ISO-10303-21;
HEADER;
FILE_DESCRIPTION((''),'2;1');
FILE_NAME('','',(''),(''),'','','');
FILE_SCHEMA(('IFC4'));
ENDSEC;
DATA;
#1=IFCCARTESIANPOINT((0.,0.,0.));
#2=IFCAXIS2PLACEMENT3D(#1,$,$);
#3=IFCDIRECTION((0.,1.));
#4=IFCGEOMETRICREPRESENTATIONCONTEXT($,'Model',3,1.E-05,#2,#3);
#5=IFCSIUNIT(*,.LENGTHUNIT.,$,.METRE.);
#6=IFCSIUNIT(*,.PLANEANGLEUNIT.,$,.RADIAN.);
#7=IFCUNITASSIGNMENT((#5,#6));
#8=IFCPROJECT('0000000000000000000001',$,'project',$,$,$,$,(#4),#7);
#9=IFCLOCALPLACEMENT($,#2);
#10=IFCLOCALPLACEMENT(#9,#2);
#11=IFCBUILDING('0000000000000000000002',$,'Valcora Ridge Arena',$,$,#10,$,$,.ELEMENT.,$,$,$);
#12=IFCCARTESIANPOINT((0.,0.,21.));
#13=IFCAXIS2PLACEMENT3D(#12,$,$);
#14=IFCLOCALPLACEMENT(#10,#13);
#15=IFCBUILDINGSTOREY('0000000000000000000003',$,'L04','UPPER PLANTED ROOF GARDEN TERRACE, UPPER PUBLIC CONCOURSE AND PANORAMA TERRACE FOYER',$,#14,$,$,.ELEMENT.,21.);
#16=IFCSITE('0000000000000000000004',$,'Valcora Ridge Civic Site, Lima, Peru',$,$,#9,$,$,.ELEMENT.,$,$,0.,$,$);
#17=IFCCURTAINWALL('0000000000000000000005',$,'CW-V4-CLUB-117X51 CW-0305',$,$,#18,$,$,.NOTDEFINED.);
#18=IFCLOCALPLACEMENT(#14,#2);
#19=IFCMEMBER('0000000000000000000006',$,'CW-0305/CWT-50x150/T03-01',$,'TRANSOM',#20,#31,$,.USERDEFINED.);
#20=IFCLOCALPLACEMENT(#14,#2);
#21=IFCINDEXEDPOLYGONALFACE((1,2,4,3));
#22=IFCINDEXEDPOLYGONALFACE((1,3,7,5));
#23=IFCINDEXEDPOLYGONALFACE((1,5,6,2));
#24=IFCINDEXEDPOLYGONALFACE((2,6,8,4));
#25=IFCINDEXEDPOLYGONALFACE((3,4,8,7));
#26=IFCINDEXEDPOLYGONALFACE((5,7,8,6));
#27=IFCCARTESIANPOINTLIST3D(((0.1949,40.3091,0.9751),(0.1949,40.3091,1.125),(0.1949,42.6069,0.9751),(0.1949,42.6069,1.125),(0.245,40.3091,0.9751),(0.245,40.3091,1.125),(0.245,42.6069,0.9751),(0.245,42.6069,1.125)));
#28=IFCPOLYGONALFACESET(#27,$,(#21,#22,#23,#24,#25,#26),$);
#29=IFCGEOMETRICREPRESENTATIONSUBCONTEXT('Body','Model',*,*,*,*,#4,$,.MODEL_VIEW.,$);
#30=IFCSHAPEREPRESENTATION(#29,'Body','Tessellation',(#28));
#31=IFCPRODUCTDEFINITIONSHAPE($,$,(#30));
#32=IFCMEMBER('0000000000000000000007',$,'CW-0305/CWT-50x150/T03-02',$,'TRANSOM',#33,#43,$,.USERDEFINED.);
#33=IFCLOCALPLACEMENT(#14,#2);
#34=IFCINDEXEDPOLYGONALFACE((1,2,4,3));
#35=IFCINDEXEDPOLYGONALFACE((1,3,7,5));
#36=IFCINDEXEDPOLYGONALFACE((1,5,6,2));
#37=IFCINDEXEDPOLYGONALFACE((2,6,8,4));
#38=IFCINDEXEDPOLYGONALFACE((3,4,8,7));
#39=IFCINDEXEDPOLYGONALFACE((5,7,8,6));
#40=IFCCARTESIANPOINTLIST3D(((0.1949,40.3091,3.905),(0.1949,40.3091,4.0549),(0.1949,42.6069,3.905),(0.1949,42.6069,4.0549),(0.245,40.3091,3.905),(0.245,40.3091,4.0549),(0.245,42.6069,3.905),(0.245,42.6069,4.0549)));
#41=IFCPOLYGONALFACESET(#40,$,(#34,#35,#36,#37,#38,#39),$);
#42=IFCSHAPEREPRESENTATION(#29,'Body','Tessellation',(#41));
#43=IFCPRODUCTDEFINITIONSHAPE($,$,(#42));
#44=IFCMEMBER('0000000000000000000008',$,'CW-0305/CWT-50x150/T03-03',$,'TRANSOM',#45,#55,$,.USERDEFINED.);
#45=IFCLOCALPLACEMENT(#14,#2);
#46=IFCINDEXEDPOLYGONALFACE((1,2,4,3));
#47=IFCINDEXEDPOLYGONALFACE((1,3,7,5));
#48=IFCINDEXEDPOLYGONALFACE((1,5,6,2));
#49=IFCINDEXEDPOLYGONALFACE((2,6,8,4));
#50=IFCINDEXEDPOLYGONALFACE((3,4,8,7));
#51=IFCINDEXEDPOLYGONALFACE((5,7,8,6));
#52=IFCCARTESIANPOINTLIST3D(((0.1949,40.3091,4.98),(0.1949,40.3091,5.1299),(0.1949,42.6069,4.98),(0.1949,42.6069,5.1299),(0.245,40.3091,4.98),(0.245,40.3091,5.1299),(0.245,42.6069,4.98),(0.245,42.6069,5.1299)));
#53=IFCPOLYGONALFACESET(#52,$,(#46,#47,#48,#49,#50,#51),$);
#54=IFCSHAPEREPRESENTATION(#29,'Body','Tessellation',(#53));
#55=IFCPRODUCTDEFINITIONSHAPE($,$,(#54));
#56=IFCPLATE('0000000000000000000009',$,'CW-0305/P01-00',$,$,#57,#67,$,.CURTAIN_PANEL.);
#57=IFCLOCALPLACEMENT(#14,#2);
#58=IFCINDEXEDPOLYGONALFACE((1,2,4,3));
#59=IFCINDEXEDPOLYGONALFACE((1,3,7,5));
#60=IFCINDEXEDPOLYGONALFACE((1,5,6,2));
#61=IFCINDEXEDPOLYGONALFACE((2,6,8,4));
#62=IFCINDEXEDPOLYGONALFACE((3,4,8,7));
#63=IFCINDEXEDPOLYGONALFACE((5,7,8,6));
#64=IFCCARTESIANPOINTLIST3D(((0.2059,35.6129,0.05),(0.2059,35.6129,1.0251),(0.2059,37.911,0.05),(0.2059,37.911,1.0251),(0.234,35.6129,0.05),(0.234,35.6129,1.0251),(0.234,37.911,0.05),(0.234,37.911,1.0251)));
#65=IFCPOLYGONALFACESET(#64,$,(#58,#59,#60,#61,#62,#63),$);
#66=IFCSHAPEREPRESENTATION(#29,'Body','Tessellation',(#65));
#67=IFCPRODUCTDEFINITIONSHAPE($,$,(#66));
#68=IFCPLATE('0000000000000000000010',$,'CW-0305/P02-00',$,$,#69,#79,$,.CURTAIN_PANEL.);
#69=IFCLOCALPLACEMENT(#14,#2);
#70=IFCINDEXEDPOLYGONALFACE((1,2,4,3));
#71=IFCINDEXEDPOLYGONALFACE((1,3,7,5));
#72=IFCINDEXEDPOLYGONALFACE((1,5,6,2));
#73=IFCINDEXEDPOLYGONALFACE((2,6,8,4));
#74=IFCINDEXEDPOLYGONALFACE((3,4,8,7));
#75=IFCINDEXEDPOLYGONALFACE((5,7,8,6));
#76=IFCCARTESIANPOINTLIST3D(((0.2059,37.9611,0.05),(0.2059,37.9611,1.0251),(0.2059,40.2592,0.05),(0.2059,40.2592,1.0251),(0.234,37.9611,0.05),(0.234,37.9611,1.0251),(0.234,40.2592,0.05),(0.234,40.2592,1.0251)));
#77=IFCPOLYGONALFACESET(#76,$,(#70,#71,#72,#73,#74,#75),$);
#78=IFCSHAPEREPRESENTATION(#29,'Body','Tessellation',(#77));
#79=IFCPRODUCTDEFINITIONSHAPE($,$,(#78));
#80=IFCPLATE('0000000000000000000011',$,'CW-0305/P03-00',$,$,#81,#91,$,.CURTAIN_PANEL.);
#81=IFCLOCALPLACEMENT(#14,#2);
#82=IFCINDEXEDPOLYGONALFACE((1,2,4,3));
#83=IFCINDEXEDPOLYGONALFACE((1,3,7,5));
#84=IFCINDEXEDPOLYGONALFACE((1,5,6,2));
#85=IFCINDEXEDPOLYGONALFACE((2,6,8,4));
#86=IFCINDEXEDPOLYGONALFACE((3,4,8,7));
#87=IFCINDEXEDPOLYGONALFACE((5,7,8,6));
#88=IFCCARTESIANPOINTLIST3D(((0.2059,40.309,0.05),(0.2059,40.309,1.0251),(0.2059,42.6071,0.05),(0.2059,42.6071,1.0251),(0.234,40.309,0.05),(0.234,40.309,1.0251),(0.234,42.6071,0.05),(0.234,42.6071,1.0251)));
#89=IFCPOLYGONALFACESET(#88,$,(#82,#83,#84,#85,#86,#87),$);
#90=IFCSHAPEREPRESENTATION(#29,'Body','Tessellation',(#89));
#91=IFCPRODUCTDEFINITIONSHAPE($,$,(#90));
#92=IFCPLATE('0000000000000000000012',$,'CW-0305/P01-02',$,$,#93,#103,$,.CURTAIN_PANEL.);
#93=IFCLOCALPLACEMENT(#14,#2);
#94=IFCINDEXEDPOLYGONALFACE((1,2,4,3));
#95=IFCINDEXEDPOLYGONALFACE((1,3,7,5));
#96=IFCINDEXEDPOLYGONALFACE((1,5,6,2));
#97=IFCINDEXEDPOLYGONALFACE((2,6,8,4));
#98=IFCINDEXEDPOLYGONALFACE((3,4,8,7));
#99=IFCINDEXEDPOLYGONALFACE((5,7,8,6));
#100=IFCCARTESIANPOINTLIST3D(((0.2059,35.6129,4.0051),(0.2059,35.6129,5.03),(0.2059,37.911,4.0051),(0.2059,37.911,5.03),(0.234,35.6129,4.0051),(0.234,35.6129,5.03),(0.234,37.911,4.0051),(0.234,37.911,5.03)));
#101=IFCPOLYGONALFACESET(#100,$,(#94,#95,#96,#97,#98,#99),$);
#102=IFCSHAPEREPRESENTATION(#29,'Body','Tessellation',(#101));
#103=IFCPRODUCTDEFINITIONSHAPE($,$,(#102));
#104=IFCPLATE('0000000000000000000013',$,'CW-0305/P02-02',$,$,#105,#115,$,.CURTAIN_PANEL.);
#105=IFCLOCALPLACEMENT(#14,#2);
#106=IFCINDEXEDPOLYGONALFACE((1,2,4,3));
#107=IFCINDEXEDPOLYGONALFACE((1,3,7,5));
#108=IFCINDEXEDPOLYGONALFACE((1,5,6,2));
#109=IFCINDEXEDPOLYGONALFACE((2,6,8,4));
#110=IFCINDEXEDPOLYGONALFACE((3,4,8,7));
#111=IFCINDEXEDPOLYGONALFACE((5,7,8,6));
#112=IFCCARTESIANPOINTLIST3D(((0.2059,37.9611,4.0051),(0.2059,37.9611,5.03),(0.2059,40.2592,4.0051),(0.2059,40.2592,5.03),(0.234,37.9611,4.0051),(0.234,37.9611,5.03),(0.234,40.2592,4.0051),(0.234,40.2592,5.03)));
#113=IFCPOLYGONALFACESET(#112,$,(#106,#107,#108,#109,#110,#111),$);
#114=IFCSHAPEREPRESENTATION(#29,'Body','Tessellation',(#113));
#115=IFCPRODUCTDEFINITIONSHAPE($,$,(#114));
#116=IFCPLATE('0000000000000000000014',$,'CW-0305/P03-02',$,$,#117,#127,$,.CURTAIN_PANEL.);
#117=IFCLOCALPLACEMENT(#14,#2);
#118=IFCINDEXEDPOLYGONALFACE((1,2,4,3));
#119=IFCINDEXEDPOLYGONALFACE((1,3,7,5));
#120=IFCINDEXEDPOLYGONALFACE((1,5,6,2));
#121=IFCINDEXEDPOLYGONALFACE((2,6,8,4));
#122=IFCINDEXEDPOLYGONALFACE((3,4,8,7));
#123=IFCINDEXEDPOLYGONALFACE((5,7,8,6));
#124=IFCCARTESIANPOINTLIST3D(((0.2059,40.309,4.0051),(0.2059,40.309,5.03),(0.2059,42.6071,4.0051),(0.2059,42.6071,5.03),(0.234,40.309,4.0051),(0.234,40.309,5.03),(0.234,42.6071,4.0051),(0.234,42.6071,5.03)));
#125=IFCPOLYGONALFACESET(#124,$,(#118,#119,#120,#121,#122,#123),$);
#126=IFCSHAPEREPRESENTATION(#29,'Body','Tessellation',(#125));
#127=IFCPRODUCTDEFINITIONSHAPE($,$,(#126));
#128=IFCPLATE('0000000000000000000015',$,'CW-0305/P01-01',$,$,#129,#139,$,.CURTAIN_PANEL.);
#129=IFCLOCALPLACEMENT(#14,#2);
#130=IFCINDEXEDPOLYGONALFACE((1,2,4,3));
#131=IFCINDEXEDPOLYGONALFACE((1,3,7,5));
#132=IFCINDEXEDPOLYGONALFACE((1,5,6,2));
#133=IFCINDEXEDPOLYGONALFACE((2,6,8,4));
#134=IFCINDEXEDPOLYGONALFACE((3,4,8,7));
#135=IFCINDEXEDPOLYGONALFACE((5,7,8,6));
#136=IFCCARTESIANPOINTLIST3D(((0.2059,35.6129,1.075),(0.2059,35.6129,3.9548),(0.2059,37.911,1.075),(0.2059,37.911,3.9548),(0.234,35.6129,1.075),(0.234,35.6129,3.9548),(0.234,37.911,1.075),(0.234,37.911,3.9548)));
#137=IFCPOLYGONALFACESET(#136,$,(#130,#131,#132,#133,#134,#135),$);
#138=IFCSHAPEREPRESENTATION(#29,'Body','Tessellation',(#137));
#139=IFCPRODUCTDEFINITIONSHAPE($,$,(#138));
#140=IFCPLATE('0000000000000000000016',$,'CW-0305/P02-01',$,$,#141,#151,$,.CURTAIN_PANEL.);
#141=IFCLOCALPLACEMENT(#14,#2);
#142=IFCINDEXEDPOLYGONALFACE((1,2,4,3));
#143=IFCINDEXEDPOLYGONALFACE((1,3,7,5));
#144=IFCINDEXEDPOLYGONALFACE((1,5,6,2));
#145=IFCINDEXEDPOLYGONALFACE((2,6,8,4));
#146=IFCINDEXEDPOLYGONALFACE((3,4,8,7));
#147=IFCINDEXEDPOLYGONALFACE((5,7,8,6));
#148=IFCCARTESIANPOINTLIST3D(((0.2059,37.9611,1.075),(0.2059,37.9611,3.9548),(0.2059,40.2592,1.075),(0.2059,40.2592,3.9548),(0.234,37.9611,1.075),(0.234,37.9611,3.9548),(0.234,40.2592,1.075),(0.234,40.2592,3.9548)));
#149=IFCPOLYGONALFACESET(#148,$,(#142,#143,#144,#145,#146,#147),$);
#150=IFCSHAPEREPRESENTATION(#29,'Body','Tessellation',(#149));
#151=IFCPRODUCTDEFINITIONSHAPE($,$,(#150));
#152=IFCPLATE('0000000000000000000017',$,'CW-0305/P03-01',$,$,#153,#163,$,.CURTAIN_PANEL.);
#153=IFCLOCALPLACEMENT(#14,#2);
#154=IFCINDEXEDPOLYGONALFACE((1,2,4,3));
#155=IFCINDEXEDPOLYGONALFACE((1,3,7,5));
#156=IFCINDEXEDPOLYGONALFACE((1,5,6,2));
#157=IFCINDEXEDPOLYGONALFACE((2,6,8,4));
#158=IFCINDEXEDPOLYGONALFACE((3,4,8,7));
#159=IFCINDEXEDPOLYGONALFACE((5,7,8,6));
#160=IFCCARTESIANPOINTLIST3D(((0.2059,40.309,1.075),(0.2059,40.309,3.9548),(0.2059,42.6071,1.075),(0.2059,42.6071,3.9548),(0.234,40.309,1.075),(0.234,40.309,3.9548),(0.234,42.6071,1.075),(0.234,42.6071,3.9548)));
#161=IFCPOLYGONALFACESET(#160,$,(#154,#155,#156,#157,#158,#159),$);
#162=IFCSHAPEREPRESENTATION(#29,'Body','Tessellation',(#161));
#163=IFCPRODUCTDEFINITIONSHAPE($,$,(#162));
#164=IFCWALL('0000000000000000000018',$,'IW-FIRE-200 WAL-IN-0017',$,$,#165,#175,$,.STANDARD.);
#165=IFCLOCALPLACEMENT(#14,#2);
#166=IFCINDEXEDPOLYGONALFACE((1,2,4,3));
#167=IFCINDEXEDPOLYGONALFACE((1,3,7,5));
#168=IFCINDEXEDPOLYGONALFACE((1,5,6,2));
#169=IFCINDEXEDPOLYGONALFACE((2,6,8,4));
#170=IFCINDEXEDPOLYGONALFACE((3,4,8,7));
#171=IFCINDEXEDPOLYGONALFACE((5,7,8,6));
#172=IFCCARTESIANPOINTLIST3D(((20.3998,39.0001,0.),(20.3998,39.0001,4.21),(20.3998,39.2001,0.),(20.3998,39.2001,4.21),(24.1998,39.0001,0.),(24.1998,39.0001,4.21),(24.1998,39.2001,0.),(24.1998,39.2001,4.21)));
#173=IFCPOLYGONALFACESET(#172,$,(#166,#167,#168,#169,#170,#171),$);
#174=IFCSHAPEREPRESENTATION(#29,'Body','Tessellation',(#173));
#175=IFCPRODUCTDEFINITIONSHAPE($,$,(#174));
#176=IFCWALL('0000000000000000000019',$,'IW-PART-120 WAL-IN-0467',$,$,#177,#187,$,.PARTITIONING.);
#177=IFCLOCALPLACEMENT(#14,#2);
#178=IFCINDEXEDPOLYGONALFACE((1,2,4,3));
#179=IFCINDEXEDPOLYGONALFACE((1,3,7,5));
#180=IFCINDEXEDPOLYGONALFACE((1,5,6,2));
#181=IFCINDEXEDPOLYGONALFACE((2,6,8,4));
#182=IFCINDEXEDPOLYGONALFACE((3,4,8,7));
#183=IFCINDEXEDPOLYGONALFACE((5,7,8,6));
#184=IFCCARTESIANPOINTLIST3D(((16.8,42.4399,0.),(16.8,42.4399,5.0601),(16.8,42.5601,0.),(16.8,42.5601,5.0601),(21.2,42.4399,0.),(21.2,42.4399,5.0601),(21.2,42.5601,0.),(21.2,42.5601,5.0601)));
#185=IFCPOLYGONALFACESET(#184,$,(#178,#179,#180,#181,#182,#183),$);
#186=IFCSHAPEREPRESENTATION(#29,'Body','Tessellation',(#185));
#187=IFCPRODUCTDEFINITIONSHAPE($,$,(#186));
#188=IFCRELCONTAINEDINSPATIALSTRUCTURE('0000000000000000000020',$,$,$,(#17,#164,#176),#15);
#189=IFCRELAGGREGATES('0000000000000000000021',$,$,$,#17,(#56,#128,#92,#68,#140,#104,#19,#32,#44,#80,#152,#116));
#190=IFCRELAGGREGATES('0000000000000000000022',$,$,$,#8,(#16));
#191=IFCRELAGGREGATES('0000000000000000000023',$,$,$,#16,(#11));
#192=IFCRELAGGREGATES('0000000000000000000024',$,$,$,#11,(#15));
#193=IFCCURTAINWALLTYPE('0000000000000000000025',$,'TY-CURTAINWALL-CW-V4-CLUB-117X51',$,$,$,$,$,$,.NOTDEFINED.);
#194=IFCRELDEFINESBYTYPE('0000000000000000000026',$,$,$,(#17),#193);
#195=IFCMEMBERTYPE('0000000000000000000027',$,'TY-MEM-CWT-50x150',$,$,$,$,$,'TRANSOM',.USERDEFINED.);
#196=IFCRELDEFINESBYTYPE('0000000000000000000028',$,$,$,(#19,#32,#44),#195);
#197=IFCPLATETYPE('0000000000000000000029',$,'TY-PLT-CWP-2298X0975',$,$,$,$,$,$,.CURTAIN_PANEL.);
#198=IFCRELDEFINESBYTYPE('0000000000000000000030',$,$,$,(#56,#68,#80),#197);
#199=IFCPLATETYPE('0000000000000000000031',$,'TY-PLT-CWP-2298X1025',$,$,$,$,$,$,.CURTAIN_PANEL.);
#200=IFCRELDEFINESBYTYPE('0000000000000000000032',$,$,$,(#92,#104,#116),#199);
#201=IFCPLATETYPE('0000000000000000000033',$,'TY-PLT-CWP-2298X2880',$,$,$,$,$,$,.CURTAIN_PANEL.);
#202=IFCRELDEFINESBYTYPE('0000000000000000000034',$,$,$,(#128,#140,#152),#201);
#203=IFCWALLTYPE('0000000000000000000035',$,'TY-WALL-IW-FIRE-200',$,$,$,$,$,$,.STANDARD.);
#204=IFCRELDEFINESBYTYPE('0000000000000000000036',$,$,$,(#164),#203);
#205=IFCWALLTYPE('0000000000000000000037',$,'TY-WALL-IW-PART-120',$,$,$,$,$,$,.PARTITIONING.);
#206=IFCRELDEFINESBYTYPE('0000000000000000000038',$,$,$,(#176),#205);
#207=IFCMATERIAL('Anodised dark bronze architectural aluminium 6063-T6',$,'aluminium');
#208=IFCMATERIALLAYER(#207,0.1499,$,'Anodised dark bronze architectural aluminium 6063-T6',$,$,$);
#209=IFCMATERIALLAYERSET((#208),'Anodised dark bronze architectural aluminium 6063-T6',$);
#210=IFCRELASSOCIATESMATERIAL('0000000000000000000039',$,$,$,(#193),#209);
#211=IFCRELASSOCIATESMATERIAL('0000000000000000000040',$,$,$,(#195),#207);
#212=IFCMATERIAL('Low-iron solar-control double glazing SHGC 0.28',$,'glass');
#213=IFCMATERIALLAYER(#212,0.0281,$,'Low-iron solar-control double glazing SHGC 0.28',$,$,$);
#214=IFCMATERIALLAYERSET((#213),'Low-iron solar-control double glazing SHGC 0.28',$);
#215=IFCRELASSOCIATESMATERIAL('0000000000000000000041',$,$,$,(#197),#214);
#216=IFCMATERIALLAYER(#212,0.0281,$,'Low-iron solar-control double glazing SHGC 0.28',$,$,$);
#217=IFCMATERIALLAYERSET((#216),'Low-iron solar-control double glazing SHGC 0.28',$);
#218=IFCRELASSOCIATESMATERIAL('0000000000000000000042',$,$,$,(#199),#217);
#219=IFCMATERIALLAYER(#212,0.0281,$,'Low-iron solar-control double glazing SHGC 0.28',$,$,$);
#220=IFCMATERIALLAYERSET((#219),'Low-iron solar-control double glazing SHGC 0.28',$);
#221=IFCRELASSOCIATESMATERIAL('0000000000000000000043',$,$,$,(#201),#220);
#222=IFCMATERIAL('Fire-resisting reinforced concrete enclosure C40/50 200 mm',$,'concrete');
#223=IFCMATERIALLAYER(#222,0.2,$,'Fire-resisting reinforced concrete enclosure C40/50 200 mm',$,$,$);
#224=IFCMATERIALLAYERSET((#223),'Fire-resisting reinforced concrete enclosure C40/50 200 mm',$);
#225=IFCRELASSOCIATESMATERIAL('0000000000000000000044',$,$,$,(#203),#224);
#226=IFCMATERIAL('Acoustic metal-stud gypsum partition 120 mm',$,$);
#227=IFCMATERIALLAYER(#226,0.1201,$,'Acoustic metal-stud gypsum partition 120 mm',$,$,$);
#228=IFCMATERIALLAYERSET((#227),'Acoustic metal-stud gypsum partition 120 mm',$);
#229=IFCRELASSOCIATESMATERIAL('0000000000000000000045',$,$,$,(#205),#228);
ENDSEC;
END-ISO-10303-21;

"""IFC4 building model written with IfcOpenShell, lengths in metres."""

from ifc_helpers import new_model, si_unit, direction, frame, frame_2d, origin, origin_2d, place, context, subcontext, project, spatial, rectangle, extrude, material, layer, layer_set, material_profile, profile_set, type_object, element, aggregate, save


model = new_model("IFC4")

# Units and contexts
model_context = context("Model", 3, precision=1e-05, world=origin(), true_north=direction((0.0, 1.0)))
body_context = subcontext(model_context, "Body", "Model", "MODEL_VIEW")
ifc_project = project(units=[si_unit("LENGTHUNIT", "METRE"), si_unit("PLANEANGLEUNIT", "RADIAN")], contexts=[model_context])

# Site, building, storey
site_placement = place(None, origin())
site = spatial("IfcSite", under=ifc_project, at=site_placement, Name="Valcora Ridge Civic Site, Lima, Peru", CompositionType="ELEMENT", RefElevation=0.0)
building_placement = place(site_placement, origin())
building = spatial("IfcBuilding", under=site, at=building_placement, Name="Valcora Ridge Arena", CompositionType="ELEMENT")
storey_placement = place(building_placement, frame((0.0, 0.0, 21.0)))
storey = spatial("IfcBuildingStorey", under=building, at=storey_placement, Name="L04", Description="UPPER PLANTED ROOF GARDEN TERRACE, UPPER PUBLIC CONCOURSE AND PANORAMA TERRACE FOYER", CompositionType="ELEMENT", Elevation=21.0)

# Curtain wall, members, plates
ifc_material_1 = material(Name="Anodised dark bronze architectural aluminium 6063-T6", Category="aluminium")
ifc_layer_1 = layer(ifc_material_1, 0.1499, Name="Anodised dark bronze architectural aluminium 6063-T6")
ifc_layer_set_1 = layer_set([ifc_layer_1], Name="Anodised dark bronze architectural aluminium 6063-T6")
curtain_wall_type = type_object("IfcCurtainWallType", Name="TY-CURTAINWALL-CW-V4-CLUB-117X51", PredefinedType="NOTDEFINED", material=ifc_layer_set_1)
curtain_wall_placement = place(storey_placement, origin())
curtain_wall = element("IfcCurtainWall", 1, at=curtain_wall_placement, inside=storey, type_object=curtain_wall_type, Name="CW-V4-CLUB-117X51 CW-0305", PredefinedType="NOTDEFINED")
ifc_material_profile_1 = material_profile(ifc_material_1, rectangle(XDim=0.05, YDim=0.1499, at=origin_2d()), Name="ALU TRANSOM 50x150")
ifc_profile_set_1 = profile_set([ifc_material_profile_1], Name="Anodised dark bronze architectural aluminium 6063-T6")
member_type_1 = type_object("IfcMemberType", Name="TY-MEM-CWT-50x150", ElementType="TRANSOM", PredefinedType="USERDEFINED", material=ifc_profile_set_1)
member_1_placement = place(storey_placement, frame((0.22, 40.3091, 1.05), z_axis=(0.0, 1.0, 0.0), x_axis=(-1.0, 0.0, 0.0)))
member_1 = element("IfcMember", 2, at=member_1_placement, type_object=member_type_1, Name="CW-0305/CWT-50x150/T03-01", ObjectType="TRANSOM", PredefinedType="USERDEFINED", context=body_context, shape_type="SweptSolid", body=[
    extrude(rectangle(XDim=0.05, YDim=0.1499, at=origin_2d()), origin(), (0.0, 0.0, 1.0), 2.2979),
])
member_2_placement = place(storey_placement, frame((0.22, 40.3091, 3.98), z_axis=(0.0, 1.0, 0.0), x_axis=(-1.0, 0.0, 0.0)))
member_2 = element("IfcMember", 3, at=member_2_placement, type_object=member_type_1, Name="CW-0305/CWT-50x150/T03-02", ObjectType="TRANSOM", PredefinedType="USERDEFINED", context=body_context, shape_type="SweptSolid", body=[
    extrude(rectangle(XDim=0.05, YDim=0.1499, at=origin_2d()), origin(), (0.0, 0.0, 1.0), 2.2979),
])
member_3_placement = place(storey_placement, frame((0.22, 40.3091, 5.0549), z_axis=(0.0, 1.0, 0.0), x_axis=(-1.0, 0.0, 0.0)))
member_3 = element("IfcMember", 4, at=member_3_placement, type_object=member_type_1, Name="CW-0305/CWT-50x150/T03-03", ObjectType="TRANSOM", PredefinedType="USERDEFINED", context=body_context, shape_type="SweptSolid", body=[
    extrude(rectangle(XDim=0.05, YDim=0.1499, at=origin_2d()), origin(), (0.0, 0.0, 1.0), 2.2979),
])
ifc_material_2 = material(Name="Low-iron solar-control double glazing SHGC 0.28", Category="glass")
ifc_layer_2 = layer(ifc_material_2, 0.0281, Name="Low-iron solar-control double glazing SHGC 0.28")
ifc_layer_set_2 = layer_set([ifc_layer_2], Name="Low-iron solar-control double glazing SHGC 0.28")
plate_type_1 = type_object("IfcPlateType", Name="TY-PLT-CWP-2298X0975", PredefinedType="CURTAIN_PANEL", material=ifc_layer_set_2)
plate_1_placement = place(storey_placement, frame((0.22, 36.762, 0.05), z_axis=(0.0, 0.0, 1.0), x_axis=(0.0, 1.0, 0.0)))
plate_1 = element("IfcPlate", 5, at=plate_1_placement, type_object=plate_type_1, Name="CW-0305/P01-00", PredefinedType="CURTAIN_PANEL", context=body_context, shape_type="SweptSolid", body=[
    extrude(rectangle(XDim=2.2981, YDim=0.0281, at=origin_2d()), origin(), (0.0, 0.0, 1.0), 0.9751),
])
plate_2_placement = place(storey_placement, frame((0.22, 39.1101, 0.05), z_axis=(0.0, 0.0, 1.0), x_axis=(0.0, 1.0, 0.0)))
plate_2 = element("IfcPlate", 6, at=plate_2_placement, type_object=plate_type_1, Name="CW-0305/P02-00", PredefinedType="CURTAIN_PANEL", context=body_context, shape_type="SweptSolid", body=[
    extrude(rectangle(XDim=2.2981, YDim=0.0281, at=origin_2d()), origin(), (0.0, 0.0, 1.0), 0.9751),
])
plate_3_placement = place(storey_placement, frame((0.22, 41.458, 0.05), z_axis=(0.0, 0.0, 1.0), x_axis=(0.0, 1.0, 0.0)))
plate_3 = element("IfcPlate", 7, at=plate_3_placement, type_object=plate_type_1, Name="CW-0305/P03-00", PredefinedType="CURTAIN_PANEL", context=body_context, shape_type="SweptSolid", body=[
    extrude(rectangle(XDim=2.2981, YDim=0.0281, at=origin_2d()), origin(), (0.0, 0.0, 1.0), 0.9751),
])
ifc_layer_3 = layer(ifc_material_2, 0.0281, Name="Low-iron solar-control double glazing SHGC 0.28")
ifc_layer_set_3 = layer_set([ifc_layer_3], Name="Low-iron solar-control double glazing SHGC 0.28")
plate_type_2 = type_object("IfcPlateType", Name="TY-PLT-CWP-2298X1025", PredefinedType="CURTAIN_PANEL", material=ifc_layer_set_3)
plate_4_placement = place(storey_placement, frame((0.22, 36.762, 4.0051), z_axis=(0.0, 0.0, 1.0), x_axis=(0.0, 1.0, 0.0)))
plate_4 = element("IfcPlate", 8, at=plate_4_placement, type_object=plate_type_2, Name="CW-0305/P01-02", PredefinedType="CURTAIN_PANEL", context=body_context, shape_type="SweptSolid", body=[
    extrude(rectangle(XDim=2.2981, YDim=0.0281, at=origin_2d()), origin(), (0.0, 0.0, 1.0), 1.0249),
])
plate_5_placement = place(storey_placement, frame((0.22, 39.1101, 4.0051), z_axis=(0.0, 0.0, 1.0), x_axis=(0.0, 1.0, 0.0)))
plate_5 = element("IfcPlate", 9, at=plate_5_placement, type_object=plate_type_2, Name="CW-0305/P02-02", PredefinedType="CURTAIN_PANEL", context=body_context, shape_type="SweptSolid", body=[
    extrude(rectangle(XDim=2.2981, YDim=0.0281, at=origin_2d()), origin(), (0.0, 0.0, 1.0), 1.0249),
])
plate_6_placement = place(storey_placement, frame((0.22, 41.458, 4.0051), z_axis=(0.0, 0.0, 1.0), x_axis=(0.0, 1.0, 0.0)))
plate_6 = element("IfcPlate", 10, at=plate_6_placement, type_object=plate_type_2, Name="CW-0305/P03-02", PredefinedType="CURTAIN_PANEL", context=body_context, shape_type="SweptSolid", body=[
    extrude(rectangle(XDim=2.2981, YDim=0.0281, at=origin_2d()), origin(), (0.0, 0.0, 1.0), 1.0249),
])
ifc_layer_4 = layer(ifc_material_2, 0.0281, Name="Low-iron solar-control double glazing SHGC 0.28")
ifc_layer_set_4 = layer_set([ifc_layer_4], Name="Low-iron solar-control double glazing SHGC 0.28")
plate_type_3 = type_object("IfcPlateType", Name="TY-PLT-CWP-2298X2880", PredefinedType="CURTAIN_PANEL", material=ifc_layer_set_4)
plate_7_placement = place(storey_placement, frame((0.22, 36.762, 1.075), z_axis=(0.0, 0.0, 1.0), x_axis=(0.0, 1.0, 0.0)))
plate_7 = element("IfcPlate", 11, at=plate_7_placement, type_object=plate_type_3, Name="CW-0305/P01-01", PredefinedType="CURTAIN_PANEL", context=body_context, shape_type="SweptSolid", body=[
    extrude(rectangle(XDim=2.2981, YDim=0.0281, at=origin_2d()), origin(), (0.0, 0.0, 1.0), 2.8799),
])
plate_8_placement = place(storey_placement, frame((0.22, 39.1101, 1.075), z_axis=(0.0, 0.0, 1.0), x_axis=(0.0, 1.0, 0.0)))
plate_8 = element("IfcPlate", 12, at=plate_8_placement, type_object=plate_type_3, Name="CW-0305/P02-01", PredefinedType="CURTAIN_PANEL", context=body_context, shape_type="SweptSolid", body=[
    extrude(rectangle(XDim=2.2981, YDim=0.0281, at=origin_2d()), origin(), (0.0, 0.0, 1.0), 2.8799),
])
plate_9_placement = place(storey_placement, frame((0.22, 41.458, 1.075), z_axis=(0.0, 0.0, 1.0), x_axis=(0.0, 1.0, 0.0)))
plate_9 = element("IfcPlate", 13, at=plate_9_placement, type_object=plate_type_3, Name="CW-0305/P03-01", PredefinedType="CURTAIN_PANEL", context=body_context, shape_type="SweptSolid", body=[
    extrude(rectangle(XDim=2.2981, YDim=0.0281, at=origin_2d()), origin(), (0.0, 0.0, 1.0), 2.8799),
])
aggregate(curtain_wall, [plate_1, plate_7, plate_4, plate_2, plate_8, plate_5, member_1, member_2, member_3, plate_3, plate_9, plate_6])

# Walls
ifc_material_3 = material(Name="Fire-resisting reinforced concrete enclosure C40/50 200 mm", Category="concrete")
ifc_layer_5 = layer(ifc_material_3, 0.2, Name="Fire-resisting reinforced concrete enclosure C40/50 200 mm")
ifc_layer_set_5 = layer_set([ifc_layer_5], Name="Fire-resisting reinforced concrete enclosure C40/50 200 mm")
wall_type_1 = type_object("IfcWallType", Name="TY-WALL-IW-FIRE-200", PredefinedType="STANDARD", material=ifc_layer_set_5)
wall_1_placement = place(storey_placement, frame((20.3999, 39.1001, 0.0), z_axis=(0.0, 0.0, 1.0), x_axis=(1.0, 0.0, 0.0)))
element("IfcWall", 14, at=wall_1_placement, inside=storey, type_object=wall_type_1, Name="IW-FIRE-200 WAL-IN-0017", PredefinedType="STANDARD", context=body_context, shape_type="SweptSolid", body=[
    extrude(rectangle(XDim=3.8, YDim=0.2, at=frame_2d((1.8999, 0.0))), origin(), (0.0, 0.0, 1.0), 4.21),
])
ifc_material_4 = material(Name="Acoustic metal-stud gypsum partition 120 mm")
ifc_layer_6 = layer(ifc_material_4, 0.1201, Name="Acoustic metal-stud gypsum partition 120 mm")
ifc_layer_set_6 = layer_set([ifc_layer_6], Name="Acoustic metal-stud gypsum partition 120 mm")
wall_type_2 = type_object("IfcWallType", Name="TY-WALL-IW-PART-120", PredefinedType="PARTITIONING", material=ifc_layer_set_6)
wall_2_placement = place(storey_placement, frame((16.8, 42.5, 0.0), z_axis=(0.0, 0.0, 1.0), x_axis=(1.0, 0.0, 0.0)))
element("IfcWall", 15, at=wall_2_placement, inside=storey, type_object=wall_type_2, Name="IW-PART-120 WAL-IN-0467", PredefinedType="PARTITIONING", context=body_context, shape_type="SweptSolid", body=[
    extrude(rectangle(XDim=4.3999, YDim=0.1201, at=frame_2d((2.2, 0.0))), origin(), (0.0, 0.0, 1.0), 5.0601),
])

save(model, "model.ifc")
